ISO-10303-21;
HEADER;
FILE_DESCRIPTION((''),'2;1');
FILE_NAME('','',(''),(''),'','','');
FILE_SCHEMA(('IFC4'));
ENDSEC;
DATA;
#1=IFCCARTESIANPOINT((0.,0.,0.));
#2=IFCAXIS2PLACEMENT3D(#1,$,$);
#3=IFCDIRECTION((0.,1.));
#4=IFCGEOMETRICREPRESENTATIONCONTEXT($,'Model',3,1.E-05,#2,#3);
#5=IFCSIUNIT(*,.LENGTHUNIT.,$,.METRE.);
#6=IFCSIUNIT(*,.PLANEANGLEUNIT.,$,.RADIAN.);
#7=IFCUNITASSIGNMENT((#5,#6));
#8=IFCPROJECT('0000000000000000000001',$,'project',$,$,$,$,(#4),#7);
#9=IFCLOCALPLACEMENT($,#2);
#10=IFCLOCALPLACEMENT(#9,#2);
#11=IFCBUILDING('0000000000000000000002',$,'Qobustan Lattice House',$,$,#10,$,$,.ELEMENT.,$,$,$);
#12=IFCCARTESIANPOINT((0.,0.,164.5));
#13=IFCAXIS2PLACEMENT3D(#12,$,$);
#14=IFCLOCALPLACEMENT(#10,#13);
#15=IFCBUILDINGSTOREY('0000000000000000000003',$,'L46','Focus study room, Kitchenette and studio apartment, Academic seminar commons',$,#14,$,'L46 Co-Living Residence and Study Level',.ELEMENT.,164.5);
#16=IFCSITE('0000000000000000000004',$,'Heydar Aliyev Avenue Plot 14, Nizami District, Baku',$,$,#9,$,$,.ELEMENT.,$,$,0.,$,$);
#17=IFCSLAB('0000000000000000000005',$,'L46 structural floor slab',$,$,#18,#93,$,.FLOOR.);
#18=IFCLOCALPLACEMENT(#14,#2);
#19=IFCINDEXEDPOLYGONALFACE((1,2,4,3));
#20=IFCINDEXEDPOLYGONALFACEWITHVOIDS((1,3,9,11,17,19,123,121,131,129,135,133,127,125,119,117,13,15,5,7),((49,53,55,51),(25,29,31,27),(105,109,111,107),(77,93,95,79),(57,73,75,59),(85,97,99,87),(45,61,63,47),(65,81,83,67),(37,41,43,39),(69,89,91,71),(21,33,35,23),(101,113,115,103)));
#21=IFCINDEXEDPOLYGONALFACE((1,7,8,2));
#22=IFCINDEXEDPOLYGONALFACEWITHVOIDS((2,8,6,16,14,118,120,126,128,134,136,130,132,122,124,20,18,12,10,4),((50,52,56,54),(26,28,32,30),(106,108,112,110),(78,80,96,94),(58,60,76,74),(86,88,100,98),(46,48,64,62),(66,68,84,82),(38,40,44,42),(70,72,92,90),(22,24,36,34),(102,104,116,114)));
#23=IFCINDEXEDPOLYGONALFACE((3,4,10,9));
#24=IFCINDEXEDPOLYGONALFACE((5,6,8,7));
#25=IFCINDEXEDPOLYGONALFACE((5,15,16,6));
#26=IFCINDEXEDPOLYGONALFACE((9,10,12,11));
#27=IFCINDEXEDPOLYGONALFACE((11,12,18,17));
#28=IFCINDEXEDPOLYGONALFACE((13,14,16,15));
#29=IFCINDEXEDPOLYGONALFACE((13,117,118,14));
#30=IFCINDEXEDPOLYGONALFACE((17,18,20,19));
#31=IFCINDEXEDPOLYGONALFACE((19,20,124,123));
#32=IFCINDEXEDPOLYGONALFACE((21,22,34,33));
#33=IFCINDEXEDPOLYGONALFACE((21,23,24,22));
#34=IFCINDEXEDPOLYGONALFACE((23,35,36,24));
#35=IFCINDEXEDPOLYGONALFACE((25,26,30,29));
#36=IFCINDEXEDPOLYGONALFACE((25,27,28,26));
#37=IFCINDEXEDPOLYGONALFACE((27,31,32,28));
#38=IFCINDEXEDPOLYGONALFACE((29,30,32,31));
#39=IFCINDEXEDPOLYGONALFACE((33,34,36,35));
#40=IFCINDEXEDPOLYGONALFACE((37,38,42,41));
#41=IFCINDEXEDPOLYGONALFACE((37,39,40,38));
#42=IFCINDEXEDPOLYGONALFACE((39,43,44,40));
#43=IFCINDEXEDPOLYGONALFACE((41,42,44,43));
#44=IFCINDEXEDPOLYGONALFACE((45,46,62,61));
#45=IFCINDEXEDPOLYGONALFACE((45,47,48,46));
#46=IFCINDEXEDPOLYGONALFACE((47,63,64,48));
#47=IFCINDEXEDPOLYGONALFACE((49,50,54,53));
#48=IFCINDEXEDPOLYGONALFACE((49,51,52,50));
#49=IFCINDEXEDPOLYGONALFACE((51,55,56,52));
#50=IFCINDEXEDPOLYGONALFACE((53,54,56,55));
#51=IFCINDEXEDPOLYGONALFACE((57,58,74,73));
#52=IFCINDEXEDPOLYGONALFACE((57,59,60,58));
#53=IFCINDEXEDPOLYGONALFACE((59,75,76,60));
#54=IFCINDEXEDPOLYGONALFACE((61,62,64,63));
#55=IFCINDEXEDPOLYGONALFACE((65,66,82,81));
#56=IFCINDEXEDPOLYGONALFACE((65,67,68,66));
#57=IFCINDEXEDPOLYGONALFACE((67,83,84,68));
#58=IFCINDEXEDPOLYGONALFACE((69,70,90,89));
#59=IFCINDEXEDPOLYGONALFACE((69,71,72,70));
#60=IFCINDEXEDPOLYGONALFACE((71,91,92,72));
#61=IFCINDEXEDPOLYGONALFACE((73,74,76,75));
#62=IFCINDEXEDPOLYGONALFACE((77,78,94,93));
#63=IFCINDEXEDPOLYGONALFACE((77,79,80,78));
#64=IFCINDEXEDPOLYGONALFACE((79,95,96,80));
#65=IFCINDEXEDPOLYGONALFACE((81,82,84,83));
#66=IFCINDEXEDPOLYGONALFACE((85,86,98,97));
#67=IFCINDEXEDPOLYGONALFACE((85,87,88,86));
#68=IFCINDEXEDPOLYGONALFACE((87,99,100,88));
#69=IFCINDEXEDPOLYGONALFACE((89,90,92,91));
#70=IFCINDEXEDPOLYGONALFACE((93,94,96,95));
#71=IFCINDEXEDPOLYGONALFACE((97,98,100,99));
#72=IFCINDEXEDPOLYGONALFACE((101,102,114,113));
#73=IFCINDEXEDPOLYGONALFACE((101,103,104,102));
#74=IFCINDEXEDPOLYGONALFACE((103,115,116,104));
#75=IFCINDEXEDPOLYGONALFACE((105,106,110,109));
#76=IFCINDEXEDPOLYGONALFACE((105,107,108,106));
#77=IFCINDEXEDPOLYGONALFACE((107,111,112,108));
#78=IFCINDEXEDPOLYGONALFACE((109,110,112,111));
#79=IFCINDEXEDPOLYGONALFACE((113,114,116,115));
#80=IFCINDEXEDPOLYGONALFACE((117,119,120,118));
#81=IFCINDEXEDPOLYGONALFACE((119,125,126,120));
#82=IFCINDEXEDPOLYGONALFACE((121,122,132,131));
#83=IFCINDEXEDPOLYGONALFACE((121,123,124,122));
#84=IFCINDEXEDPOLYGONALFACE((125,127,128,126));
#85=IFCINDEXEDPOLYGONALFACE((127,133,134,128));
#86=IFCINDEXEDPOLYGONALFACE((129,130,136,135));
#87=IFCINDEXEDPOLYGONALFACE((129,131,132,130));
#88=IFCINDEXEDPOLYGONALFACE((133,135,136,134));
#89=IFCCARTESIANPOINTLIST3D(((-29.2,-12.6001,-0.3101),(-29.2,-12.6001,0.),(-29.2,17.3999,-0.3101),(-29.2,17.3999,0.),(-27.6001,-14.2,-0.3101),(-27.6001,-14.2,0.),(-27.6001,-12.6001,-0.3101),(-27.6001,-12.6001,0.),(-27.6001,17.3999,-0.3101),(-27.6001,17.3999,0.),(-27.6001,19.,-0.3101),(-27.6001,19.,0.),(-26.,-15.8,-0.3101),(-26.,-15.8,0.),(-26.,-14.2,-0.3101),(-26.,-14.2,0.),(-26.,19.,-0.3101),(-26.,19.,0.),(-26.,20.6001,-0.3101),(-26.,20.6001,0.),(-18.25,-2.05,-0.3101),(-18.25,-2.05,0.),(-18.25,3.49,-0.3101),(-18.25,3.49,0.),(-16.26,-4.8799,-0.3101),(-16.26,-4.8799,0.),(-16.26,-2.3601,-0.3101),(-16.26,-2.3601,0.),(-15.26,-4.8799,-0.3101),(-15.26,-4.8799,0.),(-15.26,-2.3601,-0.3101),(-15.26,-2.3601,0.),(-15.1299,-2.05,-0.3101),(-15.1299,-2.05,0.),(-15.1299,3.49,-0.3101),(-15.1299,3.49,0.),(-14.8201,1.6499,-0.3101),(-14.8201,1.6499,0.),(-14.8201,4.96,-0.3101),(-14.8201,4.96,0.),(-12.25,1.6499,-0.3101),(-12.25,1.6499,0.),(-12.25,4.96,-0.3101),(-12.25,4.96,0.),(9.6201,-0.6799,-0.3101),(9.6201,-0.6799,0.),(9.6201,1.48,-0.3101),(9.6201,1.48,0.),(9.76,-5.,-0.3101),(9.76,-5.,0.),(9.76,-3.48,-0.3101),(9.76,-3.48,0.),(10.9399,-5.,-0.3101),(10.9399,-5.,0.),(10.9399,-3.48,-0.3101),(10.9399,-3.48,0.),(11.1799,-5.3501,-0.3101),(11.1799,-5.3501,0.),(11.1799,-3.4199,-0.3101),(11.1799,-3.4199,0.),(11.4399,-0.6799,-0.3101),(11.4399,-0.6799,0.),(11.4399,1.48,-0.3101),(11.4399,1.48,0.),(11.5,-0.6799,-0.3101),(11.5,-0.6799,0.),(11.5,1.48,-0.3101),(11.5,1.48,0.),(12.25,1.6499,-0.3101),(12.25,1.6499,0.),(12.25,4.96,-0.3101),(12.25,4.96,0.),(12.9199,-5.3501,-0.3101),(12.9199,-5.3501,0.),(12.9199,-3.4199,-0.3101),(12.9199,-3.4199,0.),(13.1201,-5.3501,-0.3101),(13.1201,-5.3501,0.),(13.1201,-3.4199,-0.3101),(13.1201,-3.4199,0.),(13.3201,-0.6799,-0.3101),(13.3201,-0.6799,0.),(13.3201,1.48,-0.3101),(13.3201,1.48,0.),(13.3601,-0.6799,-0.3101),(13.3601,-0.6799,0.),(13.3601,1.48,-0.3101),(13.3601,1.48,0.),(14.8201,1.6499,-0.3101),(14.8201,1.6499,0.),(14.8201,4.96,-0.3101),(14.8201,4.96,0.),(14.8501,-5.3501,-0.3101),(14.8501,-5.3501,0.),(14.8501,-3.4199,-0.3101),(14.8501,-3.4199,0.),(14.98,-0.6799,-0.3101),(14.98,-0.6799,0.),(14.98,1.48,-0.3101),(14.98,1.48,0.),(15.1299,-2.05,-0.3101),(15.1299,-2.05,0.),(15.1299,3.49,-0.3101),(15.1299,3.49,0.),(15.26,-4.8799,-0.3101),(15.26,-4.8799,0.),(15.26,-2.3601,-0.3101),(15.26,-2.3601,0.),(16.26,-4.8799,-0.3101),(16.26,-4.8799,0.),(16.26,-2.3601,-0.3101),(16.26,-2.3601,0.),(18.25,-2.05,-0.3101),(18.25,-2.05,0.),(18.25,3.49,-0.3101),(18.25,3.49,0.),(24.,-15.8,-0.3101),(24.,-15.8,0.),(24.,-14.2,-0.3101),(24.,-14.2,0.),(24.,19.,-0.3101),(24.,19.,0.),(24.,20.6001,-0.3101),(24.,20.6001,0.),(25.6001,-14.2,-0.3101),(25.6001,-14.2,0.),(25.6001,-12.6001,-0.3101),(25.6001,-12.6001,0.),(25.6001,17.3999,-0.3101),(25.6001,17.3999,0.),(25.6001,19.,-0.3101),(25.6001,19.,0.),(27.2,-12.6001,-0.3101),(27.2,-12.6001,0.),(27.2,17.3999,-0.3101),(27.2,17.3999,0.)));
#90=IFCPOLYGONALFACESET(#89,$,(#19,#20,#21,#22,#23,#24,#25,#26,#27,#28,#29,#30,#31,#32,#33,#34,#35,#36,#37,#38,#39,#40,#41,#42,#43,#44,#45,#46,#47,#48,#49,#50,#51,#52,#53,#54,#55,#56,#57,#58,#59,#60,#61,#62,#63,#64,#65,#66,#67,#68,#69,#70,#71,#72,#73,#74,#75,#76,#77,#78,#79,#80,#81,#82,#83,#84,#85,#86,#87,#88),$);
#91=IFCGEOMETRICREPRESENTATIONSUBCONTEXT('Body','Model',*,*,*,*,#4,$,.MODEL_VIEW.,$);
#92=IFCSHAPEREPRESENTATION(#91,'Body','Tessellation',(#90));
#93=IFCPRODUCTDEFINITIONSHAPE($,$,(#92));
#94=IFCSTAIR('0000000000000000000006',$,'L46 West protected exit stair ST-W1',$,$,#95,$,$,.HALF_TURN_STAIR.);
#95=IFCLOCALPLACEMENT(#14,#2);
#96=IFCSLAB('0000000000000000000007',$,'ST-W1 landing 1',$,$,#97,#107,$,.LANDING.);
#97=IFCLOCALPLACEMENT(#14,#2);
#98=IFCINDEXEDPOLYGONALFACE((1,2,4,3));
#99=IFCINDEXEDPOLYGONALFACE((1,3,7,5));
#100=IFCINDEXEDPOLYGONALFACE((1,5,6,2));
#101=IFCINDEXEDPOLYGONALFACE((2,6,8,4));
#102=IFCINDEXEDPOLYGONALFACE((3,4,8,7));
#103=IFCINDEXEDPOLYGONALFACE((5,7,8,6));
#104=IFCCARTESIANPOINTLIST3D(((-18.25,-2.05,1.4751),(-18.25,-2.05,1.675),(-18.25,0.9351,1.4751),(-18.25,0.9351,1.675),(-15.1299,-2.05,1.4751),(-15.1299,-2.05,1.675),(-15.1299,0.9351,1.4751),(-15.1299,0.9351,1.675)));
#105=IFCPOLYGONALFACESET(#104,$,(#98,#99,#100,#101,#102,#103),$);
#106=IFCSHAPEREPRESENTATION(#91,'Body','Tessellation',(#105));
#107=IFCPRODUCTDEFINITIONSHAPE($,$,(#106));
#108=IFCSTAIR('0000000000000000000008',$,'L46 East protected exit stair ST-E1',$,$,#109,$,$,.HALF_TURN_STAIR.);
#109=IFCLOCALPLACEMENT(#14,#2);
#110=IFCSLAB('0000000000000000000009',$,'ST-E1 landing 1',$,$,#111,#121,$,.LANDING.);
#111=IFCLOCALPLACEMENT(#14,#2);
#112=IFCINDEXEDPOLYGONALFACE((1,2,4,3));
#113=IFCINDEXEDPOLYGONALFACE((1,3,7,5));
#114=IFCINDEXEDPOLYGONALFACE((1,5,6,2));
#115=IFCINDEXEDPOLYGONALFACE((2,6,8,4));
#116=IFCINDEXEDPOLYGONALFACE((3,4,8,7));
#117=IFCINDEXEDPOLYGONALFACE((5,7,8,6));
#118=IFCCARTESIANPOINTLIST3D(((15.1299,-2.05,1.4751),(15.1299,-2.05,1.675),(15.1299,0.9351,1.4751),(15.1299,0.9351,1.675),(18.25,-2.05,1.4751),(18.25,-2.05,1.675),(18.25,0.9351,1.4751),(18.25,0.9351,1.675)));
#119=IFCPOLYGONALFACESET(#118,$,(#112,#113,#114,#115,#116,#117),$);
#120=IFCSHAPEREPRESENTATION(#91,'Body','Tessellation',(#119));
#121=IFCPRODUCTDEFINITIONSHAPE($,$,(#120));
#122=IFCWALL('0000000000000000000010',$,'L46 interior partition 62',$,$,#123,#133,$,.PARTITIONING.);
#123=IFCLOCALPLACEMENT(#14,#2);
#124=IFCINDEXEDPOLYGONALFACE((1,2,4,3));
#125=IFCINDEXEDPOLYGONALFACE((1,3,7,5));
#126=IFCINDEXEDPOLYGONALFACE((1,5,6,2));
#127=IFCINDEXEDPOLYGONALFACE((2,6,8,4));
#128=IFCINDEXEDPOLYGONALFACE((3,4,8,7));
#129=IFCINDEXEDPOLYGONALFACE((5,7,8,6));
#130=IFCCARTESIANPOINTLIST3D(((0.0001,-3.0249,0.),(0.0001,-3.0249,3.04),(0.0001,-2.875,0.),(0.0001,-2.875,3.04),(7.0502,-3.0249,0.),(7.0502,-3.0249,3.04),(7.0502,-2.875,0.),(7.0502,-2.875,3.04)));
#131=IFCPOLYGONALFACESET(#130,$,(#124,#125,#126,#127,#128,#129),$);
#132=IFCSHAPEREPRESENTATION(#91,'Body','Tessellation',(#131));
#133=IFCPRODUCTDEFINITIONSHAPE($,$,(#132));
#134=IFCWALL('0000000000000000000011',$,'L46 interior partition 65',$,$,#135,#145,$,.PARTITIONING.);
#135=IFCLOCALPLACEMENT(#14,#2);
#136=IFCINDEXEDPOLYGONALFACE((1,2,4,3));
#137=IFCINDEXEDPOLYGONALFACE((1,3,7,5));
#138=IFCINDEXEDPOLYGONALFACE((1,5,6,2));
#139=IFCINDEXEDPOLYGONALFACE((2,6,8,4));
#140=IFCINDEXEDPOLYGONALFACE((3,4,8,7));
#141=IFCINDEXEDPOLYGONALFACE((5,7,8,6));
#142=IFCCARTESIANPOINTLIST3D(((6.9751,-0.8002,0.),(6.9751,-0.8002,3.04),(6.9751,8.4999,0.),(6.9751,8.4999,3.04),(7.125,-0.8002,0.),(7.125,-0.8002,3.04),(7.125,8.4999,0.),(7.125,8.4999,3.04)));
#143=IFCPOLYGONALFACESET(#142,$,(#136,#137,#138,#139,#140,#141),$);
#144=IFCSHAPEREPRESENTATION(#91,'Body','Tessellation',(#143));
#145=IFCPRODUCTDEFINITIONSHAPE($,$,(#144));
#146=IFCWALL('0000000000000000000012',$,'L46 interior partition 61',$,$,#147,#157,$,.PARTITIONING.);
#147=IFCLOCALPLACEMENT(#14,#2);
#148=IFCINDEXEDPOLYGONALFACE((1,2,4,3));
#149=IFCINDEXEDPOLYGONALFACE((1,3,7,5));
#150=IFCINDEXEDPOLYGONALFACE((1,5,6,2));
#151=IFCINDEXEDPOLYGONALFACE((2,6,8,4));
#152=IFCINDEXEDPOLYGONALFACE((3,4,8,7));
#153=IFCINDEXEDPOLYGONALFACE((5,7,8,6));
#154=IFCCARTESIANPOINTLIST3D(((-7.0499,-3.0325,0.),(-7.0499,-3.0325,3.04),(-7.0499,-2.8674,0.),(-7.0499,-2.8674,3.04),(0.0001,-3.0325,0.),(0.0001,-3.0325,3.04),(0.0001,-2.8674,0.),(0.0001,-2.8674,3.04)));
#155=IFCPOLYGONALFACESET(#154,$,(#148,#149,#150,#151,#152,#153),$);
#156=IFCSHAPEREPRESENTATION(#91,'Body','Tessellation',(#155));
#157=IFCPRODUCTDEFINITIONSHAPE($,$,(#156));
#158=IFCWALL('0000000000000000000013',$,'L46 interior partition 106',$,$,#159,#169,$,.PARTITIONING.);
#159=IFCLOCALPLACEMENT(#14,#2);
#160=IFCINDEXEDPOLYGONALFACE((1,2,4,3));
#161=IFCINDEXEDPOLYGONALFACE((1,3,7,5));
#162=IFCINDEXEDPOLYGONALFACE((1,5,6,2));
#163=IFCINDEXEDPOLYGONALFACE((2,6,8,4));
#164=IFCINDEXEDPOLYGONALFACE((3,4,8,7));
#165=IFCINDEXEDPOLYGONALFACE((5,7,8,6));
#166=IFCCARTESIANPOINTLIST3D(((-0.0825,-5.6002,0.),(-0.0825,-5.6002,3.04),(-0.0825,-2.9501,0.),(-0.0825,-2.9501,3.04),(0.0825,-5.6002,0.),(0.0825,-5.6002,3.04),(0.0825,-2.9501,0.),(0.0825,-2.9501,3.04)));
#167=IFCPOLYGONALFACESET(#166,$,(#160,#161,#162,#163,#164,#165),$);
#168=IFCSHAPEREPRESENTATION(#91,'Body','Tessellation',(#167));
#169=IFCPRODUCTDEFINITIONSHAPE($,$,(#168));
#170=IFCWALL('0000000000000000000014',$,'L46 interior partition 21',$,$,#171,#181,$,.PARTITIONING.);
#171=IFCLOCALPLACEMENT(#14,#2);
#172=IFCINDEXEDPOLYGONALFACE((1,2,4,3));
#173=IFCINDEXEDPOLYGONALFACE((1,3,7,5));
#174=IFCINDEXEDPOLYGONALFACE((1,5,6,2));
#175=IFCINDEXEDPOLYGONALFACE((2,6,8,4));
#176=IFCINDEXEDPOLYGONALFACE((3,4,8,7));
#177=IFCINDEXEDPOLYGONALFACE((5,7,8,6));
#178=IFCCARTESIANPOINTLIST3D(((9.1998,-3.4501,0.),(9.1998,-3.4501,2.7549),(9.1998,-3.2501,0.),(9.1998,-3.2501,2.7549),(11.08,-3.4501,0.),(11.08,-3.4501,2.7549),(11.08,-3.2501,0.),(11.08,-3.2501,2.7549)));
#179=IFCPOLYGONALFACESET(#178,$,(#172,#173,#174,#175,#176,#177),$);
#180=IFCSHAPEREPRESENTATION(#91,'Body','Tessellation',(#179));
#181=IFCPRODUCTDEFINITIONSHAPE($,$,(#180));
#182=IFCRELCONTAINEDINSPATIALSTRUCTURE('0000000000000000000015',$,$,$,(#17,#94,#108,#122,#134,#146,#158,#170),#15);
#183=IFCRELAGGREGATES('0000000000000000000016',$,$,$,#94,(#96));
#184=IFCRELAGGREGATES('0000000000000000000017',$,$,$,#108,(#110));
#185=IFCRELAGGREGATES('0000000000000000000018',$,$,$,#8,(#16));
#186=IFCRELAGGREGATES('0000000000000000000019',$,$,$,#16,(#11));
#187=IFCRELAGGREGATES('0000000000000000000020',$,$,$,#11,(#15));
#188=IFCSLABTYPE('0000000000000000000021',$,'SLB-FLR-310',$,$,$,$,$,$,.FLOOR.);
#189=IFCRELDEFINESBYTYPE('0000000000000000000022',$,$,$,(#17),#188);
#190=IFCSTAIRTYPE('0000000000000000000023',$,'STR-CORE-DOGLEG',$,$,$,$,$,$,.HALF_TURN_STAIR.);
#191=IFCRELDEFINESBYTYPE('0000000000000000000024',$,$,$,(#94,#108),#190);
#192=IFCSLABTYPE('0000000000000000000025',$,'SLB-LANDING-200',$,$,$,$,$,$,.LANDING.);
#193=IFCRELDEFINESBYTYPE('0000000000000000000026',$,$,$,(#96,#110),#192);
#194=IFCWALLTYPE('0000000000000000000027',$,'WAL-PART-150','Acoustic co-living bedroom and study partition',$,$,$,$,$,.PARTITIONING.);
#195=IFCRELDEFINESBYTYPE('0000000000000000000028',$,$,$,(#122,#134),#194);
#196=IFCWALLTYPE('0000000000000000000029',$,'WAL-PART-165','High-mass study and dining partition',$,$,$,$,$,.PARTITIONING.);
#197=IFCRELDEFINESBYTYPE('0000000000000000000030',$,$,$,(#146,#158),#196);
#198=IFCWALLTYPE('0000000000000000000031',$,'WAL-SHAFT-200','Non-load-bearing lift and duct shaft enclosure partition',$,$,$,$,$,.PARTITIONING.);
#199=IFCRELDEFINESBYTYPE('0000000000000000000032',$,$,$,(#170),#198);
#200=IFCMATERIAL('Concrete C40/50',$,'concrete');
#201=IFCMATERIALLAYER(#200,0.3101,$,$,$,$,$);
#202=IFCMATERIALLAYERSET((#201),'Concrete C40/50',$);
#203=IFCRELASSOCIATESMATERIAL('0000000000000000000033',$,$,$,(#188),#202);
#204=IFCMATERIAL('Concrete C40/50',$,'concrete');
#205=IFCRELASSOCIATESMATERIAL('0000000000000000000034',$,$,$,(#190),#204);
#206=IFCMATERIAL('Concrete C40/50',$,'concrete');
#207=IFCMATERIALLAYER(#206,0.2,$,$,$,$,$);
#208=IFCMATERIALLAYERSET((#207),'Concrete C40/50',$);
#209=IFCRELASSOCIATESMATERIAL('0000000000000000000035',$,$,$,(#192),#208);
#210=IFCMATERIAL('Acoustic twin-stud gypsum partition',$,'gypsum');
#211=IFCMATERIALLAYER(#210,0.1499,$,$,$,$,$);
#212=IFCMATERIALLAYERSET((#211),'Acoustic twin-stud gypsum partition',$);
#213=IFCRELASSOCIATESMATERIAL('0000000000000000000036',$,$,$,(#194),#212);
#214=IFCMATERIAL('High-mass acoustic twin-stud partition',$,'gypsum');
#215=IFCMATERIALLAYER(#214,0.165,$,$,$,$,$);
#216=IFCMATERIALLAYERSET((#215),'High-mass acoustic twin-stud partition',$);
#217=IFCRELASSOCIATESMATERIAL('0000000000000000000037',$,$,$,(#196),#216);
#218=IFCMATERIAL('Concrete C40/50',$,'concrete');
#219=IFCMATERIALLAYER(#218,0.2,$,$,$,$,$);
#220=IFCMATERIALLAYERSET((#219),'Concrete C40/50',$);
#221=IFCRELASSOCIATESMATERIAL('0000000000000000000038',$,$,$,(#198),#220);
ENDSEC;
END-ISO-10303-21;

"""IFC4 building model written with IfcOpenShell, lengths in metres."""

from ifc_helpers import new_model, si_unit, direction, frame, frame_2d, origin, place, context, subcontext, project, spatial, polyline, rectangle, outline, extrude, material, layer, layer_set, type_object, element, aggregate, save


model = new_model("IFC4")

# Units and contexts
model_context = context("Model", 3, precision=1e-05, world=origin(), true_north=direction((0.0, 1.0)))
body_context = subcontext(model_context, "Body", "Model", "MODEL_VIEW")
ifc_project = project(units=[si_unit("LENGTHUNIT", "METRE"), si_unit("PLANEANGLEUNIT", "RADIAN")], contexts=[model_context])

# Site, building, storey
site_placement = place(None, origin())
site = spatial("IfcSite", under=ifc_project, at=site_placement, Name="Heydar Aliyev Avenue Plot 14, Nizami District, Baku", CompositionType="ELEMENT", RefElevation=0.0)
building_placement = place(site_placement, origin())
building = spatial("IfcBuilding", under=site, at=building_placement, Name="Qobustan Lattice House", CompositionType="ELEMENT")
storey_placement = place(building_placement, frame((0.0, 0.0, 164.5)))
storey = spatial("IfcBuildingStorey", under=building, at=storey_placement, Name="L46", Description="Focus study room, Kitchenette and studio apartment, Academic seminar commons", LongName="L46 Co-Living Residence and Study Level", CompositionType="ELEMENT", Elevation=164.5)

# Slab
ifc_material_1 = material(Name="Concrete C40/50", Category="concrete")
ifc_layer_1 = layer(ifc_material_1, 0.3101)
ifc_layer_set_1 = layer_set([ifc_layer_1], Name="Concrete C40/50")
slab_type_1 = type_object("IfcSlabType", Name="SLB-FLR-310", PredefinedType="FLOOR", material=ifc_layer_set_1)
slab_1_placement = place(storey_placement, frame((0.0, 0.0, -0.3101)))
element("IfcSlab", 1, at=slab_1_placement, inside=storey, type_object=slab_type_1, Name="L46 structural floor slab", PredefinedType="FLOOR", context=body_context, shape_type="SweptSolid", body=[
    extrude(outline(polyline([(-26.0, -15.8), (24.0, -15.8), (24.0, -14.2), (25.6001, -14.2), (25.6001, -12.6001), (27.2, -12.6001), (27.2, 17.3999), (25.6001, 17.3999), (25.6001, 19.0), (24.0, 19.0), (24.0, 20.6001), (-26.0, 20.6001), (-26.0, 19.0), (-27.6001, 19.0), (-27.6001, 17.3999), (-29.2, 17.3999), (-29.2, -12.6001), (-27.6001, -12.6001), (-27.6001, -14.2), (-26.0, -14.2), (-26.0, -15.8)]), holes=[polyline([(-18.25, -2.05), (-18.25, 3.49), (-15.1299, 3.49), (-15.1299, -2.05), (-18.25, -2.05)]), polyline([(15.1299, -2.05), (15.1299, 3.49), (18.25, 3.49), (18.25, -2.05), (15.1299, -2.05)]), polyline([(-14.8201, 1.6499), (-14.8201, 4.96), (-12.25, 4.96), (-12.25, 1.6499), (-14.8201, 1.6499)]), polyline([(12.25, 1.6499), (12.25, 4.96), (14.8201, 4.96), (14.8201, 1.6499), (12.25, 1.6499)]), polyline([(-16.26, -4.8799), (-16.26, -2.3601), (-15.26, -2.3601), (-15.26, -4.8799), (-16.26, -4.8799)]), polyline([(15.26, -4.8799), (15.26, -2.3601), (16.26, -2.3601), (16.26, -4.8799), (15.26, -4.8799)]), polyline([(11.1799, -5.3501), (11.1799, -3.4199), (12.9199, -3.4199), (12.9199, -5.3501), (11.1799, -5.3501)]), polyline([(13.1201, -5.3501), (13.1201, -3.4199), (14.8501, -3.4199), (14.8501, -5.3501), (13.1201, -5.3501)]), polyline([(9.76, -5.0), (9.76, -3.48), (10.9399, -3.48), (10.9399, -5.0), (9.76, -5.0)]), polyline([(13.3601, -0.6799), (13.3601, 1.48), (14.98, 1.48), (14.98, -0.6799), (13.3601, -0.6799)]), polyline([(9.6201, -0.6799), (9.6201, 1.48), (11.4399, 1.48), (11.4399, -0.6799), (9.6201, -0.6799)]), polyline([(11.5, -0.6799), (11.5, 1.48), (13.3201, 1.48), (13.3201, -0.6799), (11.5, -0.6799)])]), origin(), (0.0, 0.0, 1.0), 0.3101),
])

# Stairs, slabs
ifc_material_2 = material(Name="Concrete C40/50", Category="concrete")
stair_type = type_object("IfcStairType", Name="STR-CORE-DOGLEG", PredefinedType="HALF_TURN_STAIR", material=ifc_material_2)
stair_1_placement = place(storey_placement, origin())
stair_1 = element("IfcStair", 2, at=stair_1_placement, inside=storey, type_object=stair_type, Name="L46 West protected exit stair ST-W1", PredefinedType="HALF_TURN_STAIR")
ifc_material_3 = material(Name="Concrete C40/50", Category="concrete")
ifc_layer_2 = layer(ifc_material_3, 0.2)
ifc_layer_set_2 = layer_set([ifc_layer_2], Name="Concrete C40/50")
slab_type_2 = type_object("IfcSlabType", Name="SLB-LANDING-200", PredefinedType="LANDING", material=ifc_layer_set_2)
slab_2_placement = place(storey_placement, frame((0.0, 0.0, 1.4751)))
slab_2 = element("IfcSlab", 3, at=slab_2_placement, type_object=slab_type_2, Name="ST-W1 landing 1", PredefinedType="LANDING", context=body_context, shape_type="SweptSolid", body=[
    extrude(outline(polyline([(-18.25, 0.9351), (-18.25, -2.05), (-15.1299, -2.05), (-15.1299, 0.9351), (-18.25, 0.9351)])), origin(), (0.0, 0.0, 1.0), 0.2),
])
aggregate(stair_1, [slab_2])
stair_2_placement = place(storey_placement, origin())
stair_2 = element("IfcStair", 4, at=stair_2_placement, inside=storey, type_object=stair_type, Name="L46 East protected exit stair ST-E1", PredefinedType="HALF_TURN_STAIR")
slab_3_placement = place(storey_placement, frame((0.0, 0.0, 1.4751)))
slab_3 = element("IfcSlab", 5, at=slab_3_placement, type_object=slab_type_2, Name="ST-E1 landing 1", PredefinedType="LANDING", context=body_context, shape_type="SweptSolid", body=[
    extrude(outline(polyline([(15.1299, 0.9351), (15.1299, -2.05), (18.25, -2.05), (18.25, 0.9351), (15.1299, 0.9351)])), origin(), (0.0, 0.0, 1.0), 0.2),
])
aggregate(stair_2, [slab_3])

# Walls
ifc_material_4 = material(Name="Acoustic twin-stud gypsum partition", Category="gypsum")
ifc_layer_3 = layer(ifc_material_4, 0.1499)
ifc_layer_set_3 = layer_set([ifc_layer_3], Name="Acoustic twin-stud gypsum partition")
wall_type_1 = type_object("IfcWallType", Name="WAL-PART-150", Description="Acoustic co-living bedroom and study partition", PredefinedType="PARTITIONING", material=ifc_layer_set_3)
wall_1_placement = place(storey_placement, frame((7.05, -2.95, 0.0), z_axis=(0.0, 0.0, 1.0), x_axis=(-1.0, 0.0, 0.0)))
element("IfcWall", 6, at=wall_1_placement, inside=storey, type_object=wall_type_1, Name="L46 interior partition 62", PredefinedType="PARTITIONING", context=body_context, shape_type="SweptSolid", body=[
    extrude(rectangle(XDim=7.05, YDim=0.1499, at=frame_2d((3.5249, 0.0))), origin(), (0.0, 0.0, 1.0), 3.04),
])
wall_2_placement = place(storey_placement, frame((7.05, -0.8, 0.0), z_axis=(0.0, 0.0, 1.0), x_axis=(0.0, 1.0, 0.0)))
element("IfcWall", 7, at=wall_2_placement, inside=storey, type_object=wall_type_1, Name="L46 interior partition 65", PredefinedType="PARTITIONING", context=body_context, shape_type="SweptSolid", body=[
    extrude(rectangle(XDim=9.3, YDim=0.1499, at=frame_2d((4.6499, 0.0))), origin(), (0.0, 0.0, 1.0), 3.04),
])
ifc_material_5 = material(Name="High-mass acoustic twin-stud partition", Category="gypsum")
ifc_layer_4 = layer(ifc_material_5, 0.165)
ifc_layer_set_4 = layer_set([ifc_layer_4], Name="High-mass acoustic twin-stud partition")
wall_type_2 = type_object("IfcWallType", Name="WAL-PART-165", Description="High-mass study and dining partition", PredefinedType="PARTITIONING", material=ifc_layer_set_4)
wall_3_placement = place(storey_placement, frame((0.0, -2.95, 0.0), z_axis=(0.0, 0.0, 1.0), x_axis=(-1.0, 0.0, 0.0)))
element("IfcWall", 8, at=wall_3_placement, inside=storey, type_object=wall_type_2, Name="L46 interior partition 61", PredefinedType="PARTITIONING", context=body_context, shape_type="SweptSolid", body=[
    extrude(rectangle(XDim=7.05, YDim=0.165, at=frame_2d((3.5249, 0.0))), origin(), (0.0, 0.0, 1.0), 3.04),
])
wall_4_placement = place(storey_placement, frame((0.0, -2.95, 0.0), z_axis=(0.0, 0.0, 1.0), x_axis=(0.0, -1.0, 0.0)))
element("IfcWall", 9, at=wall_4_placement, inside=storey, type_object=wall_type_2, Name="L46 interior partition 106", PredefinedType="PARTITIONING", context=body_context, shape_type="SweptSolid", body=[
    extrude(rectangle(XDim=2.6501, YDim=0.165, at=frame_2d((1.3252, 0.0))), origin(), (0.0, 0.0, 1.0), 3.04),
])
ifc_material_6 = material(Name="Concrete C40/50", Category="concrete")
ifc_layer_5 = layer(ifc_material_6, 0.2)
ifc_layer_set_5 = layer_set([ifc_layer_5], Name="Concrete C40/50")
wall_type_3 = type_object("IfcWallType", Name="WAL-SHAFT-200", Description="Non-load-bearing lift and duct shaft enclosure partition", PredefinedType="PARTITIONING", material=ifc_layer_set_5)
wall_5_placement = place(storey_placement, frame((9.2, -3.3501, 0.0), z_axis=(0.0, 0.0, 1.0), x_axis=(1.0, 0.0, 0.0)))
element("IfcWall", 10, at=wall_5_placement, inside=storey, type_object=wall_type_3, Name="L46 interior partition 21", PredefinedType="PARTITIONING", context=body_context, shape_type="SweptSolid", body=[
    extrude(rectangle(XDim=1.8801, YDim=0.2, at=frame_2d((0.9399, 0.0))), origin(), (0.0, 0.0, 1.0), 2.7549),
])

save(model, "model.ifc")
